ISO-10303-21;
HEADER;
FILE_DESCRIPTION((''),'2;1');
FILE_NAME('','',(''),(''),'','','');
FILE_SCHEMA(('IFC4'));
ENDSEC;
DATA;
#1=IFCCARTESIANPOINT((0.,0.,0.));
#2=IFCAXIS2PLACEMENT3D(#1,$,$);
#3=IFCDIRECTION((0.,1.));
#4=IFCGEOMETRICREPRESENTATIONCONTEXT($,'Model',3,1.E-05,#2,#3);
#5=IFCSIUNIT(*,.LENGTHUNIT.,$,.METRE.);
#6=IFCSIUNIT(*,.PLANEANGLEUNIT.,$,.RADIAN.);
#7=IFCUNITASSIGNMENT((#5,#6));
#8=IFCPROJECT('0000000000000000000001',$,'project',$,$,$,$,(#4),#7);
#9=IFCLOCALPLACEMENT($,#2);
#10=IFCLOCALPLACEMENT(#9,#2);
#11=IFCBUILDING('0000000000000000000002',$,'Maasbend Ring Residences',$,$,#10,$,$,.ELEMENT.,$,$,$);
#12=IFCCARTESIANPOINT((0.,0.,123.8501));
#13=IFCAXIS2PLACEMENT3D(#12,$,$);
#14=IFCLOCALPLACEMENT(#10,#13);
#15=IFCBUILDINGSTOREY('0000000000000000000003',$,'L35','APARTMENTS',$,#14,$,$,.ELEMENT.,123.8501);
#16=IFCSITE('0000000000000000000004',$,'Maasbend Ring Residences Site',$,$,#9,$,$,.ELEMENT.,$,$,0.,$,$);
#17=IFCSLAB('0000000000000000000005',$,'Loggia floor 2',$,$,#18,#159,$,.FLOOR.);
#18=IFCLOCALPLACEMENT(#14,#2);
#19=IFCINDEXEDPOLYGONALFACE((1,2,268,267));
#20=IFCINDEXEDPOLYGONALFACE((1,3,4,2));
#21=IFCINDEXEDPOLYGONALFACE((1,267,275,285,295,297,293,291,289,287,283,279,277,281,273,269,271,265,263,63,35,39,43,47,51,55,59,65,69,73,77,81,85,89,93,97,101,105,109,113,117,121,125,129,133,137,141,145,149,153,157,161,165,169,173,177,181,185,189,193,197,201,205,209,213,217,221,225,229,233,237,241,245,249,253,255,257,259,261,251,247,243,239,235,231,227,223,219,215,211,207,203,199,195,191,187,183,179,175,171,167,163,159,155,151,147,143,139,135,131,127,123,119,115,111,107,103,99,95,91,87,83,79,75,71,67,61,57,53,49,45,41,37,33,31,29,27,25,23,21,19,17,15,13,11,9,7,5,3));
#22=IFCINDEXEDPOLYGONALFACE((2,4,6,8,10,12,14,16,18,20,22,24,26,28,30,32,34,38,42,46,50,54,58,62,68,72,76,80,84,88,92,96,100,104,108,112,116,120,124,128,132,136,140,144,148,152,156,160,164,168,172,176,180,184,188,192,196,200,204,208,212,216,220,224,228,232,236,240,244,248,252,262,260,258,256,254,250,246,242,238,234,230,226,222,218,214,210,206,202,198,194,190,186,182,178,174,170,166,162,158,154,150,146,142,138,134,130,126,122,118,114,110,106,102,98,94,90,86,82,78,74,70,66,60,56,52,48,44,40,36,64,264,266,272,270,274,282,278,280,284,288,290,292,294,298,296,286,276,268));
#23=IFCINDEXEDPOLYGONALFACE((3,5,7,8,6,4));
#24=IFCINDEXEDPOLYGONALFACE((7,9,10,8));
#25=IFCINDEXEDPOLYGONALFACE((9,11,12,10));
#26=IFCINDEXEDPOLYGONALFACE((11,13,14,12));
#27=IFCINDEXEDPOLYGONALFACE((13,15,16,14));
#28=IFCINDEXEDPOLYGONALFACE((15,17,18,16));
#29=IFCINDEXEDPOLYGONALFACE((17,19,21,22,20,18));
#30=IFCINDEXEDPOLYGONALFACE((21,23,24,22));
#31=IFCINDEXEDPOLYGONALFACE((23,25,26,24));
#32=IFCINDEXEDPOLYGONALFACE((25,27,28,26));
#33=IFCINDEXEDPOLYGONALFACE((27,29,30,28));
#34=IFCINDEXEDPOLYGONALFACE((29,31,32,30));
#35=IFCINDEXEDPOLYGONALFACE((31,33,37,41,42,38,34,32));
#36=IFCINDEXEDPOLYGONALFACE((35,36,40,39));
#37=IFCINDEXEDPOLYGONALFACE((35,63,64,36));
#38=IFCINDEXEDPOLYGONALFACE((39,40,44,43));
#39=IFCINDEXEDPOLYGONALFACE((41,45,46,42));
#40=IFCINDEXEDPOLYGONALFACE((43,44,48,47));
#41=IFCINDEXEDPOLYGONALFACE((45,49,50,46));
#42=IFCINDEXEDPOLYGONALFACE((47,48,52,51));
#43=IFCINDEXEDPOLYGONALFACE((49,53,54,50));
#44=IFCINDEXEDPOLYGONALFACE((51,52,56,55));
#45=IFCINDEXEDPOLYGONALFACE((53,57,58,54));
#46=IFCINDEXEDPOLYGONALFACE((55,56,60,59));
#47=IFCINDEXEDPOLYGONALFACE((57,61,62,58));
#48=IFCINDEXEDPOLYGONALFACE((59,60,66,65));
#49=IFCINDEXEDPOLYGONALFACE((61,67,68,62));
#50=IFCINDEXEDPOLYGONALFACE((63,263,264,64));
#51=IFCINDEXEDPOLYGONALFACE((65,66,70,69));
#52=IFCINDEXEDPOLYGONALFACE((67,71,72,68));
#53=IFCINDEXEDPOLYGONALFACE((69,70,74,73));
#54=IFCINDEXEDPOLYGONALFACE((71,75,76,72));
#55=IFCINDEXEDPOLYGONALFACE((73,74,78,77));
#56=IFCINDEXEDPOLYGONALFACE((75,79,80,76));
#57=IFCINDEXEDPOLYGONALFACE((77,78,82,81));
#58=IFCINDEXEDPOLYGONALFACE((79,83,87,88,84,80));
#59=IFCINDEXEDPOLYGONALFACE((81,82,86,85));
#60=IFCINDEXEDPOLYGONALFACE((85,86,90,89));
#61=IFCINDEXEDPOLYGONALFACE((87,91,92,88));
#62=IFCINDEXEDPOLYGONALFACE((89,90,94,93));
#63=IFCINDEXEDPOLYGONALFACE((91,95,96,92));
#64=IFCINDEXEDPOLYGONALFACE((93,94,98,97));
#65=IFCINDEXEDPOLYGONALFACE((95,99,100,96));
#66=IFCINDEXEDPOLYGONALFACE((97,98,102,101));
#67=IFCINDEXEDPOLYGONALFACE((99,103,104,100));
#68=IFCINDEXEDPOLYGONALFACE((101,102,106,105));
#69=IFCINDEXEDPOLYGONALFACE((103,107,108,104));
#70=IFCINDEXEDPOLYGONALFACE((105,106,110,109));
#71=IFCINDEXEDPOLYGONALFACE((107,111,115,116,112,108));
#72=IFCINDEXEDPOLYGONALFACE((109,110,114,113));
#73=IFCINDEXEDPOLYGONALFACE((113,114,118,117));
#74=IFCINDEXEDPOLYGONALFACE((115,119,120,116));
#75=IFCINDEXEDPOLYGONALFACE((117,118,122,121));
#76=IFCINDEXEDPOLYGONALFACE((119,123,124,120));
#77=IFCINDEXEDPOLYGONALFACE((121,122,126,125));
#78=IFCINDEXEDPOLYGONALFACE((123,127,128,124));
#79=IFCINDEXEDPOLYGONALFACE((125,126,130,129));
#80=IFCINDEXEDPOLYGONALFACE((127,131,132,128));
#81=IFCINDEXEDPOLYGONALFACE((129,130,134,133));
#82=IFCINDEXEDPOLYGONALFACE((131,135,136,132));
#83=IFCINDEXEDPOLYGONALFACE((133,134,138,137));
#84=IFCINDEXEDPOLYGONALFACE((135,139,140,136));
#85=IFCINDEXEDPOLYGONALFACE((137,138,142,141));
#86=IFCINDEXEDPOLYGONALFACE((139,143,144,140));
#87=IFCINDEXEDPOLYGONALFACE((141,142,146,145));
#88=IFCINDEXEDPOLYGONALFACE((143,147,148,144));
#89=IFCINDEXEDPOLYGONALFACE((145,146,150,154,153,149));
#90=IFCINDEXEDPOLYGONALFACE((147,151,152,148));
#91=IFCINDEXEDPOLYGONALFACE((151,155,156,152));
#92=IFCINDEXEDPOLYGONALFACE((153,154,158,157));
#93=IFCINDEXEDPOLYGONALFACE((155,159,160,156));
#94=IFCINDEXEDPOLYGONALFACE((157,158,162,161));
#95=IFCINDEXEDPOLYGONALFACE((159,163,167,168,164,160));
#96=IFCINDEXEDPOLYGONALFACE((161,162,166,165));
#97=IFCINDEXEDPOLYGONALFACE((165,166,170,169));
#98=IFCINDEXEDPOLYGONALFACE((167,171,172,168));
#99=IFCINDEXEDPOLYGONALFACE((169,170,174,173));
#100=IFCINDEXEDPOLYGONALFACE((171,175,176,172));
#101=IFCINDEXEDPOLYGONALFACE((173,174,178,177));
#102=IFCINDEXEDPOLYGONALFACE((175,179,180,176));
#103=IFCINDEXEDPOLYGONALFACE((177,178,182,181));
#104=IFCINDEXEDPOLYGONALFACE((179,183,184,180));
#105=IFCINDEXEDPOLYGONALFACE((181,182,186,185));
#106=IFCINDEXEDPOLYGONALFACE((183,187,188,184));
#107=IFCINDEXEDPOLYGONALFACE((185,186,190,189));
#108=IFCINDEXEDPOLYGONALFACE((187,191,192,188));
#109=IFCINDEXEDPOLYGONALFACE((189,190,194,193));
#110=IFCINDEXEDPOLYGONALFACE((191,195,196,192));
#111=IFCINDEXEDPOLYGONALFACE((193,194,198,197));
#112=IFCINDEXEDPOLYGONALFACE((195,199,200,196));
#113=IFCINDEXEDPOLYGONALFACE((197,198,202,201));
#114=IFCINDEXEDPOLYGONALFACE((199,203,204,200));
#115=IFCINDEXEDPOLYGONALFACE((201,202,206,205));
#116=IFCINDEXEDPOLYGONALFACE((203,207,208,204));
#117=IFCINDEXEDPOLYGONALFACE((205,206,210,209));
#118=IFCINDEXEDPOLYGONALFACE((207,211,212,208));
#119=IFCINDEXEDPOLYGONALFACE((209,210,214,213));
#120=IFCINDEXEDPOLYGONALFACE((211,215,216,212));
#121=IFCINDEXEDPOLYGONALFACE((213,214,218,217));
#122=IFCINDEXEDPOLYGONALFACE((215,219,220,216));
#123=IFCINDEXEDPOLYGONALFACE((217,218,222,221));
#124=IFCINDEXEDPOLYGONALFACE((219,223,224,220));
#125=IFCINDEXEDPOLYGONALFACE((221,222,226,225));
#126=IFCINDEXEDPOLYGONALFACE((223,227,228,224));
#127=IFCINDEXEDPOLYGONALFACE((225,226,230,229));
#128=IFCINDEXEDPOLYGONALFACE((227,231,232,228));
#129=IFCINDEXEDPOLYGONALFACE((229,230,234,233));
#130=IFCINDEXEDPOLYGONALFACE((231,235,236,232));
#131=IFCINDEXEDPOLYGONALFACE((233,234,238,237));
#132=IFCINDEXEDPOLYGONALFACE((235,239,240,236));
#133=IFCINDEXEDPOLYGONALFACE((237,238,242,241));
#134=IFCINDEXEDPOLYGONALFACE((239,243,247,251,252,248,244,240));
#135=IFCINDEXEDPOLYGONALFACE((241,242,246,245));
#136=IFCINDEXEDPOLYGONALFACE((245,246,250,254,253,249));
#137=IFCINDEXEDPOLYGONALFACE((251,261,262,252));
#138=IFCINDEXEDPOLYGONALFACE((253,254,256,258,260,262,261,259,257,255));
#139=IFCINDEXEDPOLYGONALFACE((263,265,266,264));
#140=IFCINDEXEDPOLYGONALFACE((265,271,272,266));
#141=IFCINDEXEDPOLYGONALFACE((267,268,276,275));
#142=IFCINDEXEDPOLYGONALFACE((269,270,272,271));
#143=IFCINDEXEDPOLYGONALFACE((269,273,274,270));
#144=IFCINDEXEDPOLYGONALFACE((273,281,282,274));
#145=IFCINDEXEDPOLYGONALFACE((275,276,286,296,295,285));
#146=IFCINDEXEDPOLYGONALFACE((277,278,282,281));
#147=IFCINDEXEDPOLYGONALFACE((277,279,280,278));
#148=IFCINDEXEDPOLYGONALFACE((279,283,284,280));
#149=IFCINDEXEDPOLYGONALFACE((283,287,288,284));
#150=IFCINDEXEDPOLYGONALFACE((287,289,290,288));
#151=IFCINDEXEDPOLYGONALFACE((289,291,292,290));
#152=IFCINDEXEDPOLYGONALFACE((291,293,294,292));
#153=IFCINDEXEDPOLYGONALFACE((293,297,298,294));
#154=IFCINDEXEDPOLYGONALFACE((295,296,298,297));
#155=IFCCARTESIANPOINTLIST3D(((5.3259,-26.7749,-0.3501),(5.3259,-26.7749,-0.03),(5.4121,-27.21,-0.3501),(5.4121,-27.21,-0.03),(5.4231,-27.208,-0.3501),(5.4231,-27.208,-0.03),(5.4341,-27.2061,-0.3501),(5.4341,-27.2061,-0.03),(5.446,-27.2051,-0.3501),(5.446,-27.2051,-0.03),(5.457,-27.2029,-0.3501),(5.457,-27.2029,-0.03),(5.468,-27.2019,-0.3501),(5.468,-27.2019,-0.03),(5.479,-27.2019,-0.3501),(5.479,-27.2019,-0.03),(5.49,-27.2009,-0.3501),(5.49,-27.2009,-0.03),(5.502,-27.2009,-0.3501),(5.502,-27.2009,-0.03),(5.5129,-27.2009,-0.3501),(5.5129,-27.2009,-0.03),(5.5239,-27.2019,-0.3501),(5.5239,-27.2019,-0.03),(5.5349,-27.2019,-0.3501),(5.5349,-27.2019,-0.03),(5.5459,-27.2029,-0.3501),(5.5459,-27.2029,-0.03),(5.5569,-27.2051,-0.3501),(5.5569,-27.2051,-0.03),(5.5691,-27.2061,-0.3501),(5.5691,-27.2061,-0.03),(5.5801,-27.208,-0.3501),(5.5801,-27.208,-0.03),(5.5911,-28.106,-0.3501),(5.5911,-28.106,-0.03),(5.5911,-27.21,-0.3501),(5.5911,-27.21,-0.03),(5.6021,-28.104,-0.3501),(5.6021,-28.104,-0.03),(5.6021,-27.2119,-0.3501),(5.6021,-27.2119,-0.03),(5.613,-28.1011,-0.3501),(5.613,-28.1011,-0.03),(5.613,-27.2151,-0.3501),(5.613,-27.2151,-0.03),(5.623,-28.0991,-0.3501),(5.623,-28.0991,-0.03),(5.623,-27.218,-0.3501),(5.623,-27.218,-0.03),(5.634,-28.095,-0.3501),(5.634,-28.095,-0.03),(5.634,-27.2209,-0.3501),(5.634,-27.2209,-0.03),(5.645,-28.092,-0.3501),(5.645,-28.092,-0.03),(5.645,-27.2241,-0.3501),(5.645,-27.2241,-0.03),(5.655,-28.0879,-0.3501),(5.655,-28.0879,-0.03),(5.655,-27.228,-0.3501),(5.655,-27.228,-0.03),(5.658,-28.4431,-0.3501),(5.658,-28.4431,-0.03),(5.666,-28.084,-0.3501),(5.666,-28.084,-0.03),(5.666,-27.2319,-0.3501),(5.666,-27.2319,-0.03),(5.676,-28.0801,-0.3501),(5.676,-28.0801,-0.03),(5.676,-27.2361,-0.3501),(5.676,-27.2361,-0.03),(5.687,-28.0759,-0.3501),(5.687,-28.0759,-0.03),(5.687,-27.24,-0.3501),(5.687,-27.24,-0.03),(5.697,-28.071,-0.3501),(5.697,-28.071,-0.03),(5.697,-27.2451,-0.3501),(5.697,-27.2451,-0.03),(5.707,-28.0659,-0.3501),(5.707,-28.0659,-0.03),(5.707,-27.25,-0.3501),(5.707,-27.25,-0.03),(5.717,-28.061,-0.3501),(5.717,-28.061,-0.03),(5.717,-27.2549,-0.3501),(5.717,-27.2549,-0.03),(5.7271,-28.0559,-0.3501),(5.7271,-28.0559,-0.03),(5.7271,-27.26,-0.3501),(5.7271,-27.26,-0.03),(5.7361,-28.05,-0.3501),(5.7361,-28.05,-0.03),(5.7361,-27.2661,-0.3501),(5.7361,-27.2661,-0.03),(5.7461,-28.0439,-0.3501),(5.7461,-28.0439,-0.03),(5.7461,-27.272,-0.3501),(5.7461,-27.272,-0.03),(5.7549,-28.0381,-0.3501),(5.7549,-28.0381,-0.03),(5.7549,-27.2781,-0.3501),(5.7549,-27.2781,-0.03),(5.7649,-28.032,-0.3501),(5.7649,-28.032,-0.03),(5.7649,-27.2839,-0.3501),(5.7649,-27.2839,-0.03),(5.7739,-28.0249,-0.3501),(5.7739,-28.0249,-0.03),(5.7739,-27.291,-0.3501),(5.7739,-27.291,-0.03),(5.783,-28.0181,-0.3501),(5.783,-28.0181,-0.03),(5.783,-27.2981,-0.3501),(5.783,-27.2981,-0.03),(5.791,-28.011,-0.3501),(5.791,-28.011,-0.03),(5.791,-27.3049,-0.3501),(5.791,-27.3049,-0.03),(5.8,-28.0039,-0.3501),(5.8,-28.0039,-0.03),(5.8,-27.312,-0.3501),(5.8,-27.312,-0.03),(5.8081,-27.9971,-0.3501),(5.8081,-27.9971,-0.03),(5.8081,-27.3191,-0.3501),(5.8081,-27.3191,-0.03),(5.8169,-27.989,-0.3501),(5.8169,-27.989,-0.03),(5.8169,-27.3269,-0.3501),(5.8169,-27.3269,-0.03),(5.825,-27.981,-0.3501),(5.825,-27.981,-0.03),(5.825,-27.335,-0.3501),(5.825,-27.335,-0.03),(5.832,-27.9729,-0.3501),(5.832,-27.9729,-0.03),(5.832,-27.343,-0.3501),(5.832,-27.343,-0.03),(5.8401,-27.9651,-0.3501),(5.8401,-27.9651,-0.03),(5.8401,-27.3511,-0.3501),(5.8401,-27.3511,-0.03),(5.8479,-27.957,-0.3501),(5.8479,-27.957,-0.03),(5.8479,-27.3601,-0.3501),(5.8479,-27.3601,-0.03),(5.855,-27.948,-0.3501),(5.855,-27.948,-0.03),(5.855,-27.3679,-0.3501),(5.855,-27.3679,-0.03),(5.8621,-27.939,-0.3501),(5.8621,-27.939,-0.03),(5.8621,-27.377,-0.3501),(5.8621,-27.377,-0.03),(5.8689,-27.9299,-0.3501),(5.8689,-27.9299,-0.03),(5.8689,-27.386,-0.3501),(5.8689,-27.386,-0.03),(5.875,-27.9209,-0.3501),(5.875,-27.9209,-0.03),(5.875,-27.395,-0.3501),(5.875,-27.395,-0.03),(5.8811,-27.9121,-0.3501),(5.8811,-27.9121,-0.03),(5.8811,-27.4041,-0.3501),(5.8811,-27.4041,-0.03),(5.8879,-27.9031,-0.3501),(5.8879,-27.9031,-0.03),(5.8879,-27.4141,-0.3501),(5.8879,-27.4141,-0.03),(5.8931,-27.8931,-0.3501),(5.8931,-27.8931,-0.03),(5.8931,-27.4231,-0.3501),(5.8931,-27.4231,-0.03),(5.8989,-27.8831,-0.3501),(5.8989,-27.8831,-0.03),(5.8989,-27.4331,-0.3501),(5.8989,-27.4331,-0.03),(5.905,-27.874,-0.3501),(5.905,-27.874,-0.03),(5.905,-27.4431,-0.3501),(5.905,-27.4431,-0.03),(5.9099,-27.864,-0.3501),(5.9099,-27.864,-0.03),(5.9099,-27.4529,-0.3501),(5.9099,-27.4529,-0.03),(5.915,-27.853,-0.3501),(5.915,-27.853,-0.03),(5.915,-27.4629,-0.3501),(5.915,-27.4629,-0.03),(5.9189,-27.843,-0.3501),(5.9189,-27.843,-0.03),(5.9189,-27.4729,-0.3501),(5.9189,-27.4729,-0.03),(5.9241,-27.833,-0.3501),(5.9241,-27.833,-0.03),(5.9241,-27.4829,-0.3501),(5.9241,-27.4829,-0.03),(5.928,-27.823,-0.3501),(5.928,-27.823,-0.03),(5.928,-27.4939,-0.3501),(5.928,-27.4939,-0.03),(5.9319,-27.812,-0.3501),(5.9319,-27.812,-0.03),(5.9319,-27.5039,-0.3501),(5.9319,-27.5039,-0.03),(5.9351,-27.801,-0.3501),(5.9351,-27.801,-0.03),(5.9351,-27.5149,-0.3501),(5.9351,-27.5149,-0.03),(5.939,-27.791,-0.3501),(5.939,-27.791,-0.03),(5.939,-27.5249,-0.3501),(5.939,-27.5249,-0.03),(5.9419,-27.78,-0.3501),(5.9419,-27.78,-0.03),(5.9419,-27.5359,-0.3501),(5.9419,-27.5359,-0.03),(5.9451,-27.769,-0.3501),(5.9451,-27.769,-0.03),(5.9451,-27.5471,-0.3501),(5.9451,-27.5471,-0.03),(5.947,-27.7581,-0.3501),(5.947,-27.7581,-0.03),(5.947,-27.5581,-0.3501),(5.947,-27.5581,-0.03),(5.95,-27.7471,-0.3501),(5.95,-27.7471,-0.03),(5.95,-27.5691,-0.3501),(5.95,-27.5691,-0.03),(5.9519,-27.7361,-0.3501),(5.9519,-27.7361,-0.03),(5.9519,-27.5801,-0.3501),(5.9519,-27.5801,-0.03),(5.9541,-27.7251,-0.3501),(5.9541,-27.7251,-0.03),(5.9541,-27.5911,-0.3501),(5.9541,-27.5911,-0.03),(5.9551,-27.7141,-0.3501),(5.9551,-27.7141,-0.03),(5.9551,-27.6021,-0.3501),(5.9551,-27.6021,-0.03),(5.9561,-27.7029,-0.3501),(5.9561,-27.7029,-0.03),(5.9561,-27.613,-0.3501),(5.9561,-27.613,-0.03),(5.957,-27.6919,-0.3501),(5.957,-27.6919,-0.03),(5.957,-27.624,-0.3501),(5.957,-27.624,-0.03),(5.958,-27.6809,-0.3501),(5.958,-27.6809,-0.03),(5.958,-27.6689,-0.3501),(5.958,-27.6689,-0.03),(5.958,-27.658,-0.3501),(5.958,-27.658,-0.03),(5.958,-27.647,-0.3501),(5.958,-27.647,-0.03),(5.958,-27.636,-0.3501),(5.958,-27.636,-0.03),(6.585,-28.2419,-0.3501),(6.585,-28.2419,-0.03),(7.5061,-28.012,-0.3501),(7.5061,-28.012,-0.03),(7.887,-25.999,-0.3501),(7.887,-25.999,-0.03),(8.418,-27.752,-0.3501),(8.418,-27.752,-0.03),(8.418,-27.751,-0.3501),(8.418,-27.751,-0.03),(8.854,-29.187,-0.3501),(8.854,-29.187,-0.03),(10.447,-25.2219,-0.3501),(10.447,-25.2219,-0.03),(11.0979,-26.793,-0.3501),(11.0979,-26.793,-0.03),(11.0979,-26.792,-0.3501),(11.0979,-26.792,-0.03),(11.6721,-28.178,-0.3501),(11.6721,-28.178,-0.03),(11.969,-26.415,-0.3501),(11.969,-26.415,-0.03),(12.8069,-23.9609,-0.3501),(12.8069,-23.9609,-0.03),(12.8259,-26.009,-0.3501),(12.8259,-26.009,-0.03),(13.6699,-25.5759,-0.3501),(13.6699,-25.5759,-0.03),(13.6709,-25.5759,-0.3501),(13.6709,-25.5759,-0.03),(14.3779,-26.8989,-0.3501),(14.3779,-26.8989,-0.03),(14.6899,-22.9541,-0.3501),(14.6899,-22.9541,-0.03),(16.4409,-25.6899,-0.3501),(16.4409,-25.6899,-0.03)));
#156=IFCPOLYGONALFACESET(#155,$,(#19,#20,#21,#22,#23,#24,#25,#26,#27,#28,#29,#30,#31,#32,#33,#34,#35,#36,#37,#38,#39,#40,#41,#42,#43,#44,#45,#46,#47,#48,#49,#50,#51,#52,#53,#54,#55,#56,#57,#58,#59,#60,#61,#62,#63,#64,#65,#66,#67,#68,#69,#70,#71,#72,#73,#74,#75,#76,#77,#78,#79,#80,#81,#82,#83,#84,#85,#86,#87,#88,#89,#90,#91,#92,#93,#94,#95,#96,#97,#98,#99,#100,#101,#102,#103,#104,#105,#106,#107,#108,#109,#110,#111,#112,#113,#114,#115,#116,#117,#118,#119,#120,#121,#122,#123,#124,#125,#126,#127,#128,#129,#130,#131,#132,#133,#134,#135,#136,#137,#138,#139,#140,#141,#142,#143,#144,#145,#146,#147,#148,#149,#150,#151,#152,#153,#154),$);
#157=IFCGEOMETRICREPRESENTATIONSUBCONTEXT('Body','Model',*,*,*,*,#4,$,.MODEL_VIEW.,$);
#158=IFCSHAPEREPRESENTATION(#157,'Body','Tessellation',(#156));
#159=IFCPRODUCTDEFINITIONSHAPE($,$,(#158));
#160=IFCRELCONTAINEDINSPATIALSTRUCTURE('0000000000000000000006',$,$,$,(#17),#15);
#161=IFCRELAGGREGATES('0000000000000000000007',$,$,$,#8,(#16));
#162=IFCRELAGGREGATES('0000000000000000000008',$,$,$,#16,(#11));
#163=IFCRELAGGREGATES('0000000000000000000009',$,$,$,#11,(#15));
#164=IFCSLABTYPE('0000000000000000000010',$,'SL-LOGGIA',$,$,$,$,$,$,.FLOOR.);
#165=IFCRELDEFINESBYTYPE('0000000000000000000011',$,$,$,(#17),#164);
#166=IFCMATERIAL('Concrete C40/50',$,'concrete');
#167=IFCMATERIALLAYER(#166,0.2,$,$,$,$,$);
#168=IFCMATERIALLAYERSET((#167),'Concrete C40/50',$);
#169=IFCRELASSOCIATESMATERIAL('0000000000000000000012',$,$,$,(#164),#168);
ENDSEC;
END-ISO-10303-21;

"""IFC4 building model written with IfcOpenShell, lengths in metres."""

from ifc_helpers import new_model, si_unit, direction, frame, origin, place, context, subcontext, project, spatial, polyline, outline, extrude, material, layer, layer_set, type_object, element, save


model = new_model("IFC4")

# Units and contexts
model_context = context("Model", 3, precision=1e-05, world=origin(), true_north=direction((0.0, 1.0)))
body_context = subcontext(model_context, "Body", "Model", "MODEL_VIEW")
ifc_project = project(units=[si_unit("LENGTHUNIT", "METRE"), si_unit("PLANEANGLEUNIT", "RADIAN")], contexts=[model_context])

# Site, building, storey
site_placement = place(None, origin())
site = spatial("IfcSite", under=ifc_project, at=site_placement, Name="Maasbend Ring Residences Site", CompositionType="ELEMENT", RefElevation=0.0)
building_placement = place(site_placement, origin())
building = spatial("IfcBuilding", under=site, at=building_placement, Name="Maasbend Ring Residences", CompositionType="ELEMENT")
storey_placement = place(building_placement, frame((0.0, 0.0, 123.8501)))
storey = spatial("IfcBuildingStorey", under=building, at=storey_placement, Name="L35", Description="APARTMENTS", CompositionType="ELEMENT", Elevation=123.8501)

# Slab
ifc_material_1 = material(Name="Concrete C40/50", Category="concrete")
ifc_layer_1 = layer(ifc_material_1, 0.2)
ifc_layer_set_1 = layer_set([ifc_layer_1], Name="Concrete C40/50")
slab_type = type_object("IfcSlabType", Name="SL-LOGGIA", PredefinedType="FLOOR", material=ifc_layer_set_1)
slab_1_placement = place(storey_placement, frame((0.0, 0.0, -0.3501)))
element("IfcSlab", 1, at=slab_1_placement, inside=storey, type_object=slab_type, Name="Loggia floor 2", PredefinedType="FLOOR", context=body_context, shape_type="SweptSolid", body=[
    extrude(outline(polyline([(10.447, -25.2219), (12.8069, -23.9609), (14.6899, -22.9541), (14.6899, -22.9541), (14.6899, -22.9541), (16.4409, -25.6899), (16.4409, -25.6899), (16.4409, -25.6899), (14.3779, -26.8989), (14.3779, -26.8989), (14.3779, -26.8989), (13.6709, -25.5759), (13.6709, -25.5759), (13.6709, -25.5759), (13.6709, -25.5759), (13.6709, -25.5759), (13.6709, -25.5759), (13.6709, -25.5759), (13.6699, -25.5759), (13.6699, -25.5759), (13.6699, -25.5759), (13.6699, -25.5759), (13.6699, -25.5759), (13.6699, -25.5759), (13.6699, -25.5759), (13.6699, -25.5759), (13.6699, -25.5759), (13.6699, -25.5759), (12.8259, -26.009), (12.8259, -26.009), (11.969, -26.415), (11.969, -26.415), (11.0979, -26.792), (11.0979, -26.792), (11.0979, -26.792), (11.0979, -26.792), (11.0979, -26.792), (11.0979, -26.792), (11.0979, -26.792), (11.0979, -26.793), (11.0979, -26.793), (11.0979, -26.793), (11.0979, -26.793), (11.0979, -26.793), (11.0979, -26.793), (11.0979, -26.793), (11.0979, -26.793), (11.0979, -26.793), (11.0979, -26.793), (11.6721, -28.178), (11.6721, -28.178), (11.6721, -28.178), (8.854, -29.187), (8.854, -29.187), (8.854, -29.187), (8.418, -27.752), (8.418, -27.752), (8.418, -27.752), (8.418, -27.752), (8.418, -27.752), (8.418, -27.752), (8.418, -27.752), (8.418, -27.751), (8.418, -27.751), (8.418, -27.751), (8.418, -27.751), (8.418, -27.751), (8.418, -27.751), (8.418, -27.751), (8.418, -27.751), (8.418, -27.751), (8.418, -27.751), (7.5061, -28.012), (7.5061, -28.012), (6.585, -28.2419), (6.585, -28.2419), (5.658, -28.4431), (5.658, -28.4431), (5.658, -28.4431), (5.5911, -28.106), (5.6021, -28.104), (5.613, -28.1011), (5.623, -28.0991), (5.634, -28.095), (5.645, -28.092), (5.655, -28.0879), (5.666, -28.084), (5.676, -28.0801), (5.687, -28.0759), (5.697, -28.071), (5.707, -28.0659), (5.717, -28.061), (5.7271, -28.0559), (5.7361, -28.05), (5.7461, -28.0439), (5.7549, -28.0381), (5.7649, -28.032), (5.7739, -28.0249), (5.783, -28.0181), (5.791, -28.011), (5.8, -28.0039), (5.8081, -27.9971), (5.8169, -27.989), (5.825, -27.981), (5.832, -27.9729), (5.8401, -27.9651), (5.8479, -27.957), (5.855, -27.948), (5.8621, -27.939), (5.8689, -27.9299), (5.875, -27.9209), (5.8811, -27.9121), (5.8879, -27.9031), (5.8931, -27.8931), (5.8989, -27.8831), (5.905, -27.874), (5.9099, -27.864), (5.915, -27.853), (5.9189, -27.843), (5.9241, -27.833), (5.928, -27.823), (5.9319, -27.812), (5.9351, -27.801), (5.939, -27.791), (5.9419, -27.78), (5.9451, -27.769), (5.947, -27.7581), (5.95, -27.7471), (5.9519, -27.7361), (5.9541, -27.7251), (5.9551, -27.7141), (5.9561, -27.7029), (5.957, -27.6919), (5.958, -27.6809), (5.958, -27.6689), (5.958, -27.658), (5.958, -27.647), (5.958, -27.636), (5.957, -27.624), (5.9561, -27.613), (5.9551, -27.6021), (5.9541, -27.5911), (5.9519, -27.5801), (5.95, -27.5691), (5.947, -27.5581), (5.9451, -27.5471), (5.9419, -27.5359), (5.939, -27.5249), (5.9351, -27.5149), (5.9319, -27.5039), (5.928, -27.4939), (5.9241, -27.4829), (5.9189, -27.4729), (5.915, -27.4629), (5.9099, -27.4529), (5.905, -27.4431), (5.8989, -27.4331), (5.8931, -27.4231), (5.8879, -27.4141), (5.8811, -27.4041), (5.875, -27.395), (5.8689, -27.386), (5.8621, -27.377), (5.855, -27.3679), (5.8479, -27.3601), (5.8401, -27.3511), (5.832, -27.343), (5.825, -27.335), (5.8169, -27.3269), (5.8081, -27.3191), (5.8, -27.312), (5.791, -27.3049), (5.783, -27.2981), (5.7739, -27.291), (5.7649, -27.2839), (5.7549, -27.2781), (5.7461, -27.272), (5.7361, -27.2661), (5.7271, -27.26), (5.717, -27.2549), (5.707, -27.25), (5.697, -27.2451), (5.687, -27.24), (5.676, -27.2361), (5.666, -27.2319), (5.655, -27.228), (5.645, -27.2241), (5.634, -27.2209), (5.623, -27.218), (5.613, -27.2151), (5.6021, -27.2119), (5.5911, -27.21), (5.5801, -27.208), (5.5691, -27.2061), (5.5569, -27.2051), (5.5459, -27.2029), (5.5349, -27.2019), (5.5239, -27.2019), (5.5129, -27.2009), (5.502, -27.2009), (5.49, -27.2009), (5.479, -27.2019), (5.468, -27.2019), (5.457, -27.2029), (5.446, -27.2051), (5.4341, -27.2061), (5.4231, -27.208), (5.4121, -27.21), (5.3259, -26.7749), (5.3259, -26.7749), (5.3259, -26.7749), (7.887, -25.999), (10.447, -25.2219), (10.447, -25.2219), (10.447, -25.2219)])), origin(), (0.0, 0.0, 1.0), 0.3201),
])

save(model, "model.ifc")
